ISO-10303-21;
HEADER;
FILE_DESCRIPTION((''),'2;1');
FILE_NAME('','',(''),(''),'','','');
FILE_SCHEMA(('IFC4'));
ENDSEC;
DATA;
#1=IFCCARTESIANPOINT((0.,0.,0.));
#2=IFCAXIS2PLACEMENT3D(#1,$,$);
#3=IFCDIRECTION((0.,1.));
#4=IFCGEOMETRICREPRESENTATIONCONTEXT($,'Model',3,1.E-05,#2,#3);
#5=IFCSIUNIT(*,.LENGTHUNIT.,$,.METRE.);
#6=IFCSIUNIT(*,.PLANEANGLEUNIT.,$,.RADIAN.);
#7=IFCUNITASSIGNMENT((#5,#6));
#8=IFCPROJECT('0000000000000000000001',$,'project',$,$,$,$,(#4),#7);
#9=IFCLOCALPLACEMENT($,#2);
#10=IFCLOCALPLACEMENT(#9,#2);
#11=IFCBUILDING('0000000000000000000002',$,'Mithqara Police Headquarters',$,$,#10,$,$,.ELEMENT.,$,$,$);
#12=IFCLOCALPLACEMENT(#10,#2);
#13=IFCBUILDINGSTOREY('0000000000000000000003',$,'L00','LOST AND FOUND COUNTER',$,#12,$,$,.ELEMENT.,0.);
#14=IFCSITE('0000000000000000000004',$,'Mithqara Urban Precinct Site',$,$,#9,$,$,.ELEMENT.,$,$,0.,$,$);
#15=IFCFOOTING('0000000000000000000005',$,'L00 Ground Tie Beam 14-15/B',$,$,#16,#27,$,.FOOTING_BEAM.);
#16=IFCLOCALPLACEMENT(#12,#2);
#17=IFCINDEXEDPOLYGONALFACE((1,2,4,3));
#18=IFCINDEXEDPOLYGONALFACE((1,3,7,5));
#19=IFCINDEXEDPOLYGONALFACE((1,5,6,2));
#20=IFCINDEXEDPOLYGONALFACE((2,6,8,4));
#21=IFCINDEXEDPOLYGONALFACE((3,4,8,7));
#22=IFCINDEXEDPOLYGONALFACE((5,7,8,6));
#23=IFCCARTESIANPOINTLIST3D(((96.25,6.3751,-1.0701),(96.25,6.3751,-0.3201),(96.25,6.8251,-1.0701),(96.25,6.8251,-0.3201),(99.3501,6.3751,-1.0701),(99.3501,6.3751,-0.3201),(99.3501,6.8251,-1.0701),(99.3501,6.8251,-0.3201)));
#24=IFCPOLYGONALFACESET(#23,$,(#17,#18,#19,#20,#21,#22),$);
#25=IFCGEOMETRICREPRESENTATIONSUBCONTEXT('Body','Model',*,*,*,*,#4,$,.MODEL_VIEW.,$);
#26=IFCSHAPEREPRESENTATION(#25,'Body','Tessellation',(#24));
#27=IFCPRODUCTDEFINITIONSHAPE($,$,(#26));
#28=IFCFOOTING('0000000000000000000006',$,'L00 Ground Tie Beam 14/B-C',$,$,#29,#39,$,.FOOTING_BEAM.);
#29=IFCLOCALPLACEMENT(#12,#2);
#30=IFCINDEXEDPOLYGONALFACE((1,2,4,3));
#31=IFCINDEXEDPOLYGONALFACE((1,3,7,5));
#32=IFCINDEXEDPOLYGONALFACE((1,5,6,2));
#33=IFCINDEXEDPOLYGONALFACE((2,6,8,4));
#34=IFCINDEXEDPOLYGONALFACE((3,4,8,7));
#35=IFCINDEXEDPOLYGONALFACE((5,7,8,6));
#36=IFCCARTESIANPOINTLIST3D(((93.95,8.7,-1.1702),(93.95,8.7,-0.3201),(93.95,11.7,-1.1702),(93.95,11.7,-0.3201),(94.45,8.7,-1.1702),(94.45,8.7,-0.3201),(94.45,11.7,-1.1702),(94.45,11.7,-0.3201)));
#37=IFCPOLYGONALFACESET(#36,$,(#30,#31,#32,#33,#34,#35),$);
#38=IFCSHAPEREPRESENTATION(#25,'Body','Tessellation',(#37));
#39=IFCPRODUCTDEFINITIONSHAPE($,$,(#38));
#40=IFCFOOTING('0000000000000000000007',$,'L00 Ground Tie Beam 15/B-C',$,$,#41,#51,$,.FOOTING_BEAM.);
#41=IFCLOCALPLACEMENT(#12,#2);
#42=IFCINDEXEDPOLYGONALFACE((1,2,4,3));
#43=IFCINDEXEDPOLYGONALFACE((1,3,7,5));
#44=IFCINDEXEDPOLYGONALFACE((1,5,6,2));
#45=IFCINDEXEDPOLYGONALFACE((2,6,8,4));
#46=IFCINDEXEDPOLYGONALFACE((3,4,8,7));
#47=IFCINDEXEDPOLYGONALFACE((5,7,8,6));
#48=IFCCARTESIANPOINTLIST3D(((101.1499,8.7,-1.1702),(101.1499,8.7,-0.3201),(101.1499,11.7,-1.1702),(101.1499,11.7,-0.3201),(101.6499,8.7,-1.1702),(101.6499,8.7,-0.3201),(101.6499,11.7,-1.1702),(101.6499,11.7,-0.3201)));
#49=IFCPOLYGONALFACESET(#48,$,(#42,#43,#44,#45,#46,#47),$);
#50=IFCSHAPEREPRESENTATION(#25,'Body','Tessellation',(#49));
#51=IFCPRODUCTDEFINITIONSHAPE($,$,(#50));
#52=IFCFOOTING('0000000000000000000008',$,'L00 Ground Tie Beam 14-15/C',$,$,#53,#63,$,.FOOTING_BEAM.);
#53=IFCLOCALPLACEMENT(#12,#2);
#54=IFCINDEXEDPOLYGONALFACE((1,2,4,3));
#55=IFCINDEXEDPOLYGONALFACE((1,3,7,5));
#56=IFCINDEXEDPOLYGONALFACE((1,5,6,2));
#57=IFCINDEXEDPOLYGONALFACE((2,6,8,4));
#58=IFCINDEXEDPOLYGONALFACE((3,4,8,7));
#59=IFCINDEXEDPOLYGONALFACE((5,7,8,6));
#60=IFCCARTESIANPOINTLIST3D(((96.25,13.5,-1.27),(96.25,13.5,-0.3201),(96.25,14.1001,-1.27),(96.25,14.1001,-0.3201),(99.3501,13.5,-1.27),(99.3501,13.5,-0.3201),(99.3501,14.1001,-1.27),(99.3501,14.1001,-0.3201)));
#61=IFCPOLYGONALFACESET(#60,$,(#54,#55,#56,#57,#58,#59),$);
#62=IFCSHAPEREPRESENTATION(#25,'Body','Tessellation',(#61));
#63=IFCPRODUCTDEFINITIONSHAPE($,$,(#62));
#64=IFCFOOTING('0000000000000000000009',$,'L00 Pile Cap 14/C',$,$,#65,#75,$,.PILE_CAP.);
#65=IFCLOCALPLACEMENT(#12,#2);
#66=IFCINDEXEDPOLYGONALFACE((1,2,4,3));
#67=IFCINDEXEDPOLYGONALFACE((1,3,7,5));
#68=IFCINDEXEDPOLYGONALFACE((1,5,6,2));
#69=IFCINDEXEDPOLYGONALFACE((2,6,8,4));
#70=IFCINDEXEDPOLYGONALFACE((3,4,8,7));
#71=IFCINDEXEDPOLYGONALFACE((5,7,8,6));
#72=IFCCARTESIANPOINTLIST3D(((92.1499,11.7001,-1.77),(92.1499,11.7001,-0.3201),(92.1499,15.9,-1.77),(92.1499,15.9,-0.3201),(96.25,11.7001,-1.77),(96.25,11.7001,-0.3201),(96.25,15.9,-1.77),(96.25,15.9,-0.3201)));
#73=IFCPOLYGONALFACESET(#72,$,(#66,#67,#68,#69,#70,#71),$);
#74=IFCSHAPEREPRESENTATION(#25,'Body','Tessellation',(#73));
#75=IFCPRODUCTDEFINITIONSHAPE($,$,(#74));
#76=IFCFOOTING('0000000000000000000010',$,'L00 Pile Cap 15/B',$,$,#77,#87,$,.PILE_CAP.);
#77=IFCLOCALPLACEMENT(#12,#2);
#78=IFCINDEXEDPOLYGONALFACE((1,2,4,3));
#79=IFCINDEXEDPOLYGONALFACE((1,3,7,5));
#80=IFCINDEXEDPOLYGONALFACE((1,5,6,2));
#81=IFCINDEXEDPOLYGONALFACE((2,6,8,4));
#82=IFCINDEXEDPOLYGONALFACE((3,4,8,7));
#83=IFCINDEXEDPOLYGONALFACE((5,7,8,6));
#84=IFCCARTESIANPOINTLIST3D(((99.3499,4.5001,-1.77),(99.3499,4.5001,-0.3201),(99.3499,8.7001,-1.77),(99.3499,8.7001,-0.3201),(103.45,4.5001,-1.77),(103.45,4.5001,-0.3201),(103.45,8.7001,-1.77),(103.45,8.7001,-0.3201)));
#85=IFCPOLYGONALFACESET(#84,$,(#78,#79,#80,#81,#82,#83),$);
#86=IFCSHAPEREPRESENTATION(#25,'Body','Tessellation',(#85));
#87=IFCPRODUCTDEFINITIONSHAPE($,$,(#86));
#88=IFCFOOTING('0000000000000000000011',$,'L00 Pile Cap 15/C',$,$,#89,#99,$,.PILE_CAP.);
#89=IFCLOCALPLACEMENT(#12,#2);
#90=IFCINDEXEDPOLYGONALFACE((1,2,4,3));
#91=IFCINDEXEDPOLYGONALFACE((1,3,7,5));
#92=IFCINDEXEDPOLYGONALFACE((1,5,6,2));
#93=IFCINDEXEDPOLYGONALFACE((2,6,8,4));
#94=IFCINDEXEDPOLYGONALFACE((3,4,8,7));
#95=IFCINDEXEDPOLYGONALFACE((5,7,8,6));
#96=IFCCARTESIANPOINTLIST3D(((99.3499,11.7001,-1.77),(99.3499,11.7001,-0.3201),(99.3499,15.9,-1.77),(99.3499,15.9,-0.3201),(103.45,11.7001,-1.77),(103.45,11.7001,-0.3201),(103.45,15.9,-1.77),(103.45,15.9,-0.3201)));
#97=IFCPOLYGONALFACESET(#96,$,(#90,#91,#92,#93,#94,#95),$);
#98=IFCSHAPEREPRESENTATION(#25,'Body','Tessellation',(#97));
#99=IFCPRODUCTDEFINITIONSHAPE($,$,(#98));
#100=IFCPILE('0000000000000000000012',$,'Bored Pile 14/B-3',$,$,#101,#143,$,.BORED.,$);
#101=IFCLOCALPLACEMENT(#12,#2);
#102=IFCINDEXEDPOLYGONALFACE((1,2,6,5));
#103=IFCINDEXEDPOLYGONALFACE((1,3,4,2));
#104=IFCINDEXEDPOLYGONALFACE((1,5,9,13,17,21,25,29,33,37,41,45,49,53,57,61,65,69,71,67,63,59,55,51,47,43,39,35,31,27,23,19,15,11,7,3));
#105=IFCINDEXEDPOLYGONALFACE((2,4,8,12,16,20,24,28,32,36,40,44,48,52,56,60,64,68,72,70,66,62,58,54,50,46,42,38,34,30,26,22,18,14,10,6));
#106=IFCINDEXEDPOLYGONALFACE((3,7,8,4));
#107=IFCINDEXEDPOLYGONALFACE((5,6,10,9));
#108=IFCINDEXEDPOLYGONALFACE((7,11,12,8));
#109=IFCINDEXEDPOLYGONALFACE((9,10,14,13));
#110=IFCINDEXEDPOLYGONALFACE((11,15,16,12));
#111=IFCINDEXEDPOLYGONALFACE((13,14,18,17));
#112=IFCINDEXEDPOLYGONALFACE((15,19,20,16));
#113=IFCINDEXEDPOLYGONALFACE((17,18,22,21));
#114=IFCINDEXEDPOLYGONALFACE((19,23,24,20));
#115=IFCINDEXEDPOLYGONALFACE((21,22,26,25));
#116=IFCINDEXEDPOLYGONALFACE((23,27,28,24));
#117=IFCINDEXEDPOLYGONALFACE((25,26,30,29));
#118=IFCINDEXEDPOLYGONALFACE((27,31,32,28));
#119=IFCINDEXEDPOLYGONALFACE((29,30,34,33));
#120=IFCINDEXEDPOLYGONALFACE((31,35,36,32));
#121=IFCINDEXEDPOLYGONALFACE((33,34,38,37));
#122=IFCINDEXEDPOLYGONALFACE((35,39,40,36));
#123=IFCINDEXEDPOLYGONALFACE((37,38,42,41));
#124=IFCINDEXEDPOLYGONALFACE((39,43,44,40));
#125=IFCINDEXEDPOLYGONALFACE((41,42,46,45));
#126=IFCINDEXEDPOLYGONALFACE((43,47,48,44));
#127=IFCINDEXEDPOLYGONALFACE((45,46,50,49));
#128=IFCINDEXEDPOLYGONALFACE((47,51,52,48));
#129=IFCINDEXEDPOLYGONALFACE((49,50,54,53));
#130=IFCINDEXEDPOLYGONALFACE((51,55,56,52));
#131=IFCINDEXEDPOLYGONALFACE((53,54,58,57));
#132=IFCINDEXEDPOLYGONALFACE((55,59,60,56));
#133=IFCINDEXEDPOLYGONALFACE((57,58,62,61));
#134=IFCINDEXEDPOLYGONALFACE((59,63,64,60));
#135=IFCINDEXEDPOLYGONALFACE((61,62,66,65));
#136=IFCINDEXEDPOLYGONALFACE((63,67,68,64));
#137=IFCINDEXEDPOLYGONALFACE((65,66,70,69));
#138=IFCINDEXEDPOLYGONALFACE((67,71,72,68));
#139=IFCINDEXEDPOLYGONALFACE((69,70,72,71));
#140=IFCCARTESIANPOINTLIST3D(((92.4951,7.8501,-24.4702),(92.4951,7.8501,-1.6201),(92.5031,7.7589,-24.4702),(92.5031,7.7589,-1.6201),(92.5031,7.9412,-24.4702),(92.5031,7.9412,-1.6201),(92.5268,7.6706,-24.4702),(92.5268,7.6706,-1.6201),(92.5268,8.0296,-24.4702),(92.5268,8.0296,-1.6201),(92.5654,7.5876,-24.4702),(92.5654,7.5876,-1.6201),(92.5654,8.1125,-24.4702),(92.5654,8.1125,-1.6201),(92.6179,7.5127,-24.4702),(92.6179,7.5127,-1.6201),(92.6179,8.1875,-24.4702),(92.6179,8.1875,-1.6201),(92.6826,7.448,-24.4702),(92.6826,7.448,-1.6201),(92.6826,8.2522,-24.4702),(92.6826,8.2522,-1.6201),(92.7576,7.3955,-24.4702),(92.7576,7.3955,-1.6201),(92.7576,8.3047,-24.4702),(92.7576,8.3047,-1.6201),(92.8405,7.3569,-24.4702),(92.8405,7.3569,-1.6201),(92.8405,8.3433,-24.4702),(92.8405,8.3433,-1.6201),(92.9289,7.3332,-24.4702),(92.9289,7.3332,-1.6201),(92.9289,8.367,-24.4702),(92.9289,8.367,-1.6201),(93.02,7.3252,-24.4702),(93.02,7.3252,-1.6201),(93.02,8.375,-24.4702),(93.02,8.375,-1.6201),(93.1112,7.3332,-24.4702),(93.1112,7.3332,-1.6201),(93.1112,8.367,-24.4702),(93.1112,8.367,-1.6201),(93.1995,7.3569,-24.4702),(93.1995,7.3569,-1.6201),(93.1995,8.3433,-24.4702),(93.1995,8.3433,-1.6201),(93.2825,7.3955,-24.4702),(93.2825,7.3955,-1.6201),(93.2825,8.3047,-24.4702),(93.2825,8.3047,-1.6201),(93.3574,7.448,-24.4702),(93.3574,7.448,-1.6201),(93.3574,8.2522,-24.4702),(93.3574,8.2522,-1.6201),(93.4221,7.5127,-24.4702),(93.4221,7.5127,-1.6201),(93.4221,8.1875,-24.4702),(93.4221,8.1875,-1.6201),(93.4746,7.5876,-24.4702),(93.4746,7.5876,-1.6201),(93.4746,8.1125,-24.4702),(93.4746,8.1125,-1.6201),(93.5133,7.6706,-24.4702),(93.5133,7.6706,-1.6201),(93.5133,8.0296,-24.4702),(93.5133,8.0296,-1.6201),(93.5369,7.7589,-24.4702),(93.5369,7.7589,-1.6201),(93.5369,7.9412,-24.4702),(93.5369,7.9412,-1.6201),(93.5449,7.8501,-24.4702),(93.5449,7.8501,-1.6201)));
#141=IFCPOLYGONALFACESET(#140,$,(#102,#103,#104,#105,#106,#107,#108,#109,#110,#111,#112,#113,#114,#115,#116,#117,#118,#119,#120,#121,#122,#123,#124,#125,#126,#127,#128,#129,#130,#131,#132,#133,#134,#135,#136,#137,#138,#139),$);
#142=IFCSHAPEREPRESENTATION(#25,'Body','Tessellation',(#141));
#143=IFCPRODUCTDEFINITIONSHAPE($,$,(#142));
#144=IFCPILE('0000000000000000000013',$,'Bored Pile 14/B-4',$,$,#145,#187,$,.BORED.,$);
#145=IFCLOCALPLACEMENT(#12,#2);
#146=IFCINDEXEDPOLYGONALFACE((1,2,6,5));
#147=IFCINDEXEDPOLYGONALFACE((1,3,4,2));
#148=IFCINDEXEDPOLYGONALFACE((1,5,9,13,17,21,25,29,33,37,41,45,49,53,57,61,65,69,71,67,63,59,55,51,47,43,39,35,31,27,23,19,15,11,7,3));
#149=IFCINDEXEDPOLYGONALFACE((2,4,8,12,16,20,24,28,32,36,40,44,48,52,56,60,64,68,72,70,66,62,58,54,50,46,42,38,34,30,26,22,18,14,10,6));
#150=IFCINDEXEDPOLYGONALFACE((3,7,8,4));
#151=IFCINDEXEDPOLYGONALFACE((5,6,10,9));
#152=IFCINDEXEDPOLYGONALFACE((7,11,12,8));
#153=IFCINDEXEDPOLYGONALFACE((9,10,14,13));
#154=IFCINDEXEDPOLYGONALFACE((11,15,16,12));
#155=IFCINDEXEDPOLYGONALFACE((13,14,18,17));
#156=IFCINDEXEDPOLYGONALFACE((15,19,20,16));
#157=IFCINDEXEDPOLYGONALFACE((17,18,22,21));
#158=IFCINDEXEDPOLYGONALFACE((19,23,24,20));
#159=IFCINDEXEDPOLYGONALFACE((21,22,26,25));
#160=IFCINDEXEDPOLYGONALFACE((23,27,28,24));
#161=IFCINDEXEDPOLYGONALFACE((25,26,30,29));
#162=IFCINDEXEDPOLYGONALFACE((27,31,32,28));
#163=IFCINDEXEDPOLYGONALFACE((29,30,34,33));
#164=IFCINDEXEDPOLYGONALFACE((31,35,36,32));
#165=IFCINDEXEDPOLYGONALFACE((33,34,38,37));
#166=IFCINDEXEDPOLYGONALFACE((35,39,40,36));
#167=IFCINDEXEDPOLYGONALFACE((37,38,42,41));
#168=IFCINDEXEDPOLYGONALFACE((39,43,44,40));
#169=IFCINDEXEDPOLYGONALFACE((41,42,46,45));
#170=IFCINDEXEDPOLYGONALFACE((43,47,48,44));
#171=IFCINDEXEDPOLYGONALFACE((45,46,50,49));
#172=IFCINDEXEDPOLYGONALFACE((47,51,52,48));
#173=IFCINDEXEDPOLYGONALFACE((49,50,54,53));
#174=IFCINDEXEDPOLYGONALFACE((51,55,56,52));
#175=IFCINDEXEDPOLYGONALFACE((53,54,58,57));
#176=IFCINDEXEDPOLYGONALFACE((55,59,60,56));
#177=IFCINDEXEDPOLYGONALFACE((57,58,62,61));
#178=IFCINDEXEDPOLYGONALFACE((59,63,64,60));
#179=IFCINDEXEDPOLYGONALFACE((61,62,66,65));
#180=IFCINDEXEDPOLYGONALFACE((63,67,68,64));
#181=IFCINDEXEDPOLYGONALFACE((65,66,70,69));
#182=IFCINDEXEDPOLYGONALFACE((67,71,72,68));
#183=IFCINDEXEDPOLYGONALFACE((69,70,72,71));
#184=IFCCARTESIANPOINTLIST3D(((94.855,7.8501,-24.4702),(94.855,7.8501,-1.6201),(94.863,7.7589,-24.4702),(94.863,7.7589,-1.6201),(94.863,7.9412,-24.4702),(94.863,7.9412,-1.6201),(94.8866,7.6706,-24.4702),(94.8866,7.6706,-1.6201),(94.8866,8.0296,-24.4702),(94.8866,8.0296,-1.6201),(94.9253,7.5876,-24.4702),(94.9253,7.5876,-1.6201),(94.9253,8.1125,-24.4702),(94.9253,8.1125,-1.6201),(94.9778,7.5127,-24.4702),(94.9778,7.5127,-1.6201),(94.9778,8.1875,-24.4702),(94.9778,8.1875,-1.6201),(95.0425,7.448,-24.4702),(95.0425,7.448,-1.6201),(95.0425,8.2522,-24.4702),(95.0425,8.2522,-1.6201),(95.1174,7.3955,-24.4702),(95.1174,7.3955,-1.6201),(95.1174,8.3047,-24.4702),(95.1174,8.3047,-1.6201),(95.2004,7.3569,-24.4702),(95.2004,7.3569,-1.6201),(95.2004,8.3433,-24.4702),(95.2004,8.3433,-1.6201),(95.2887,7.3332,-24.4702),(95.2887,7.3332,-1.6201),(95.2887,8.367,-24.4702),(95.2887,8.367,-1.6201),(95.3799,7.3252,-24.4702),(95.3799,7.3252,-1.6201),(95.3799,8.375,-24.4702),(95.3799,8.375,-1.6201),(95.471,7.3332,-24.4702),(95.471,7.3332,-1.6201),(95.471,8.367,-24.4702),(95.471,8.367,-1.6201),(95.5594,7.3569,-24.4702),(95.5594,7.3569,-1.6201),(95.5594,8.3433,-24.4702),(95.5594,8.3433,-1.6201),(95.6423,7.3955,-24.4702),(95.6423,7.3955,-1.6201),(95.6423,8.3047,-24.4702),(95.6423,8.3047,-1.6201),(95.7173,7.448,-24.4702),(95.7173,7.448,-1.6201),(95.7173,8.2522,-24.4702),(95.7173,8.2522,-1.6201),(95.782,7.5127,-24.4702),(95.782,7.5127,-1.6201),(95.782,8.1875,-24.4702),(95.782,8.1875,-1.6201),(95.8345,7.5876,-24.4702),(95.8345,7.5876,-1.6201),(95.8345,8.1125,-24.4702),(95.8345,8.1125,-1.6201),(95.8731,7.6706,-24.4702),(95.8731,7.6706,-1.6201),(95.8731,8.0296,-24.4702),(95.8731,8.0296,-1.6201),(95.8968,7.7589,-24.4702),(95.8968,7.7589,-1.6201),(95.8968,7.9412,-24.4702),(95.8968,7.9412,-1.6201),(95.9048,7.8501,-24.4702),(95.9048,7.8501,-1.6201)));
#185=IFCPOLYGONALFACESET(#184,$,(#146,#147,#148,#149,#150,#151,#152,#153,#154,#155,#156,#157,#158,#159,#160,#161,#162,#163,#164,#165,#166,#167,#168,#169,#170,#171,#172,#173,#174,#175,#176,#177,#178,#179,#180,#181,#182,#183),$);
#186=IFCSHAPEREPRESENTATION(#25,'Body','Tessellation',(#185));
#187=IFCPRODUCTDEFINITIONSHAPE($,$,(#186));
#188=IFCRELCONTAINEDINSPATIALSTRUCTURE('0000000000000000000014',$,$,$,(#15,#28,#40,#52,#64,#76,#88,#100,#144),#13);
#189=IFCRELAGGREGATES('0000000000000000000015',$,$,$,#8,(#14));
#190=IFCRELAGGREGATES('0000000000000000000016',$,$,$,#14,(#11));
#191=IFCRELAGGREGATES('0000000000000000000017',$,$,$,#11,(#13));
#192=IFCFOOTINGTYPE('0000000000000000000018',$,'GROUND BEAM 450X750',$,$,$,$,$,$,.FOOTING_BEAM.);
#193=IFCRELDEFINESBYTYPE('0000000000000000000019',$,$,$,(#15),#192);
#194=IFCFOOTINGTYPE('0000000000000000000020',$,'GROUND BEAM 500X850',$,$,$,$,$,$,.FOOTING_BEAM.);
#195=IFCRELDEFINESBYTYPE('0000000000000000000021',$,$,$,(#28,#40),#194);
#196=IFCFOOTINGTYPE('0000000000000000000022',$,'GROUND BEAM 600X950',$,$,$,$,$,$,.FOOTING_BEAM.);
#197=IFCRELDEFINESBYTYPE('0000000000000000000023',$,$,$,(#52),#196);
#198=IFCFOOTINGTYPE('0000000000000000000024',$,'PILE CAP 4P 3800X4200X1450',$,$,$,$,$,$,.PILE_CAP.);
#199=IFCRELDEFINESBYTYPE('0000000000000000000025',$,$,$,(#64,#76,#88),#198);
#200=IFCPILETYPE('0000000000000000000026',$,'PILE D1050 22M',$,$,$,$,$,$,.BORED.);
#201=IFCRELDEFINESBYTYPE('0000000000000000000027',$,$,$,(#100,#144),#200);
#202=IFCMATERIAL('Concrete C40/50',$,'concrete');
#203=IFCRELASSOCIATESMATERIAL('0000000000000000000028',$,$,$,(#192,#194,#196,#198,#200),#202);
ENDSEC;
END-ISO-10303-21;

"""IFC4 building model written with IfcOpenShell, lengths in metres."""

from ifc_helpers import new_model, si_unit, direction, frame, origin, origin_2d, place, context, subcontext, project, spatial, rectangle, circle, extrude, material, material_profile, profile_set, type_object, element, save


model = new_model("IFC4")

# Units and contexts
model_context = context("Model", 3, precision=1e-05, world=origin(), true_north=direction((0.0, 1.0)))
body_context = subcontext(model_context, "Body", "Model", "MODEL_VIEW")
ifc_project = project(units=[si_unit("LENGTHUNIT", "METRE"), si_unit("PLANEANGLEUNIT", "RADIAN")], contexts=[model_context])

# Site, building, storey
site_placement = place(None, origin())
site = spatial("IfcSite", under=ifc_project, at=site_placement, Name="Mithqara Urban Precinct Site", CompositionType="ELEMENT", RefElevation=0.0)
building_placement = place(site_placement, origin())
building = spatial("IfcBuilding", under=site, at=building_placement, Name="Mithqara Police Headquarters", CompositionType="ELEMENT")
storey_placement = place(building_placement, origin())
storey = spatial("IfcBuildingStorey", under=building, at=storey_placement, Name="L00", Description="LOST AND FOUND COUNTER", CompositionType="ELEMENT", Elevation=0.0)

# Footings
ifc_material_1 = material(Name="Concrete C40/50", Category="concrete")
footing_type_1 = type_object("IfcFootingType", Name="GROUND BEAM 450X750", PredefinedType="FOOTING_BEAM", material=ifc_material_1)
footing_1_placement = place(storey_placement, frame((97.8, 6.6001, -1.0701), z_axis=(0.0, 0.0, 1.0), x_axis=(1.0, 0.0, 0.0)))
element("IfcFooting", 1, at=footing_1_placement, inside=storey, type_object=footing_type_1, Name="L00 Ground Tie Beam 14-15/B", PredefinedType="FOOTING_BEAM", context=body_context, shape_type="SweptSolid", body=[
    extrude(rectangle(XDim=3.1001, YDim=0.45, at=origin_2d()), origin(), (0.0, 0.0, 1.0), 0.75),
])
footing_type_2 = type_object("IfcFootingType", Name="GROUND BEAM 500X850", PredefinedType="FOOTING_BEAM", material=ifc_material_1)
for number, where, z_axis, x_axis, name in (
    (2, (94.2, 10.2, -1.1702), (0.0, 0.0, 1.0), (1.0, 0.0, 0.0), "L00 Ground Tie Beam 14/B-C"),
    (3, (101.3999, 10.2, -1.1702), (0.0, 0.0, 1.0), (1.0, 0.0, 0.0), "L00 Ground Tie Beam 15/B-C"),
):
    element("IfcFooting", number, at=place(storey_placement, frame(where, z_axis=z_axis, x_axis=x_axis)), inside=storey, type_object=footing_type_2, Name=name, PredefinedType="FOOTING_BEAM", context=body_context, shape_type="SweptSolid", body=[
        extrude(rectangle(XDim=0.5, YDim=3.0, at=origin_2d()), origin(), (0.0, 0.0, 1.0), 0.8501),
    ])
footing_type_3 = type_object("IfcFootingType", Name="GROUND BEAM 600X950", PredefinedType="FOOTING_BEAM", material=ifc_material_1)
footing_2_placement = place(storey_placement, frame((97.8, 13.8, -1.27), z_axis=(0.0, 0.0, 1.0), x_axis=(1.0, 0.0, 0.0)))
element("IfcFooting", 4, at=footing_2_placement, inside=storey, type_object=footing_type_3, Name="L00 Ground Tie Beam 14-15/C", PredefinedType="FOOTING_BEAM", context=body_context, shape_type="SweptSolid", body=[
    extrude(rectangle(XDim=3.1001, YDim=0.6001, at=origin_2d()), origin(), (0.0, 0.0, 1.0), 0.95),
])
footing_type_4 = type_object("IfcFootingType", Name="PILE CAP 4P 3800X4200X1450", PredefinedType="PILE_CAP", material=ifc_material_1)
for number, where, z_axis, x_axis, name in (
    (5, (94.2, 13.8, -1.77), (0.0, 0.0, 1.0), (1.0, 0.0, 0.0), "L00 Pile Cap 14/C"),
    (6, (101.3999, 6.6001, -1.77), (0.0, 0.0, 1.0), (1.0, 0.0, 0.0), "L00 Pile Cap 15/B"),
    (7, (101.3999, 13.8, -1.77), (0.0, 0.0, 1.0), (1.0, 0.0, 0.0), "L00 Pile Cap 15/C"),
):
    element("IfcFooting", number, at=place(storey_placement, frame(where, z_axis=z_axis, x_axis=x_axis)), inside=storey, type_object=footing_type_4, Name=name, PredefinedType="PILE_CAP", context=body_context, shape_type="SweptSolid", body=[
        extrude(rectangle(XDim=4.1001, YDim=4.2, at=origin_2d()), origin(), (0.0, 0.0, 1.0), 1.45),
    ])

# Piles
ifc_material_profile_1 = material_profile(ifc_material_1, circle(Radius=0.5249, at=origin_2d()), Name="PILE D1050")
ifc_profile_set_1 = profile_set([ifc_material_profile_1], Name="Concrete C40/50")
pile_type = type_object("IfcPileType", Name="PILE D1050 22M", PredefinedType="BORED", material=ifc_profile_set_1)
for number, where, z_axis, x_axis, name in (
    (8, (93.02, 7.8501, -1.6201), (0.0, 0.0, -1.0), (1.0, 0.0, 0.0), "Bored Pile 14/B-3"),
    (9, (95.3799, 7.8501, -1.6201), (0.0, 0.0, -1.0), (1.0, 0.0, 0.0), "Bored Pile 14/B-4"),
):
    element("IfcPile", number, at=place(storey_placement, frame(where, z_axis=z_axis, x_axis=x_axis)), inside=storey, type_object=pile_type, Name=name, PredefinedType="BORED", context=body_context, shape_type="SweptSolid", body=[
        extrude(circle(Radius=0.5249, at=origin_2d()), origin(), (0.0, 0.0, 1.0), 22.8501),
    ])

save(model, "model.ifc")
